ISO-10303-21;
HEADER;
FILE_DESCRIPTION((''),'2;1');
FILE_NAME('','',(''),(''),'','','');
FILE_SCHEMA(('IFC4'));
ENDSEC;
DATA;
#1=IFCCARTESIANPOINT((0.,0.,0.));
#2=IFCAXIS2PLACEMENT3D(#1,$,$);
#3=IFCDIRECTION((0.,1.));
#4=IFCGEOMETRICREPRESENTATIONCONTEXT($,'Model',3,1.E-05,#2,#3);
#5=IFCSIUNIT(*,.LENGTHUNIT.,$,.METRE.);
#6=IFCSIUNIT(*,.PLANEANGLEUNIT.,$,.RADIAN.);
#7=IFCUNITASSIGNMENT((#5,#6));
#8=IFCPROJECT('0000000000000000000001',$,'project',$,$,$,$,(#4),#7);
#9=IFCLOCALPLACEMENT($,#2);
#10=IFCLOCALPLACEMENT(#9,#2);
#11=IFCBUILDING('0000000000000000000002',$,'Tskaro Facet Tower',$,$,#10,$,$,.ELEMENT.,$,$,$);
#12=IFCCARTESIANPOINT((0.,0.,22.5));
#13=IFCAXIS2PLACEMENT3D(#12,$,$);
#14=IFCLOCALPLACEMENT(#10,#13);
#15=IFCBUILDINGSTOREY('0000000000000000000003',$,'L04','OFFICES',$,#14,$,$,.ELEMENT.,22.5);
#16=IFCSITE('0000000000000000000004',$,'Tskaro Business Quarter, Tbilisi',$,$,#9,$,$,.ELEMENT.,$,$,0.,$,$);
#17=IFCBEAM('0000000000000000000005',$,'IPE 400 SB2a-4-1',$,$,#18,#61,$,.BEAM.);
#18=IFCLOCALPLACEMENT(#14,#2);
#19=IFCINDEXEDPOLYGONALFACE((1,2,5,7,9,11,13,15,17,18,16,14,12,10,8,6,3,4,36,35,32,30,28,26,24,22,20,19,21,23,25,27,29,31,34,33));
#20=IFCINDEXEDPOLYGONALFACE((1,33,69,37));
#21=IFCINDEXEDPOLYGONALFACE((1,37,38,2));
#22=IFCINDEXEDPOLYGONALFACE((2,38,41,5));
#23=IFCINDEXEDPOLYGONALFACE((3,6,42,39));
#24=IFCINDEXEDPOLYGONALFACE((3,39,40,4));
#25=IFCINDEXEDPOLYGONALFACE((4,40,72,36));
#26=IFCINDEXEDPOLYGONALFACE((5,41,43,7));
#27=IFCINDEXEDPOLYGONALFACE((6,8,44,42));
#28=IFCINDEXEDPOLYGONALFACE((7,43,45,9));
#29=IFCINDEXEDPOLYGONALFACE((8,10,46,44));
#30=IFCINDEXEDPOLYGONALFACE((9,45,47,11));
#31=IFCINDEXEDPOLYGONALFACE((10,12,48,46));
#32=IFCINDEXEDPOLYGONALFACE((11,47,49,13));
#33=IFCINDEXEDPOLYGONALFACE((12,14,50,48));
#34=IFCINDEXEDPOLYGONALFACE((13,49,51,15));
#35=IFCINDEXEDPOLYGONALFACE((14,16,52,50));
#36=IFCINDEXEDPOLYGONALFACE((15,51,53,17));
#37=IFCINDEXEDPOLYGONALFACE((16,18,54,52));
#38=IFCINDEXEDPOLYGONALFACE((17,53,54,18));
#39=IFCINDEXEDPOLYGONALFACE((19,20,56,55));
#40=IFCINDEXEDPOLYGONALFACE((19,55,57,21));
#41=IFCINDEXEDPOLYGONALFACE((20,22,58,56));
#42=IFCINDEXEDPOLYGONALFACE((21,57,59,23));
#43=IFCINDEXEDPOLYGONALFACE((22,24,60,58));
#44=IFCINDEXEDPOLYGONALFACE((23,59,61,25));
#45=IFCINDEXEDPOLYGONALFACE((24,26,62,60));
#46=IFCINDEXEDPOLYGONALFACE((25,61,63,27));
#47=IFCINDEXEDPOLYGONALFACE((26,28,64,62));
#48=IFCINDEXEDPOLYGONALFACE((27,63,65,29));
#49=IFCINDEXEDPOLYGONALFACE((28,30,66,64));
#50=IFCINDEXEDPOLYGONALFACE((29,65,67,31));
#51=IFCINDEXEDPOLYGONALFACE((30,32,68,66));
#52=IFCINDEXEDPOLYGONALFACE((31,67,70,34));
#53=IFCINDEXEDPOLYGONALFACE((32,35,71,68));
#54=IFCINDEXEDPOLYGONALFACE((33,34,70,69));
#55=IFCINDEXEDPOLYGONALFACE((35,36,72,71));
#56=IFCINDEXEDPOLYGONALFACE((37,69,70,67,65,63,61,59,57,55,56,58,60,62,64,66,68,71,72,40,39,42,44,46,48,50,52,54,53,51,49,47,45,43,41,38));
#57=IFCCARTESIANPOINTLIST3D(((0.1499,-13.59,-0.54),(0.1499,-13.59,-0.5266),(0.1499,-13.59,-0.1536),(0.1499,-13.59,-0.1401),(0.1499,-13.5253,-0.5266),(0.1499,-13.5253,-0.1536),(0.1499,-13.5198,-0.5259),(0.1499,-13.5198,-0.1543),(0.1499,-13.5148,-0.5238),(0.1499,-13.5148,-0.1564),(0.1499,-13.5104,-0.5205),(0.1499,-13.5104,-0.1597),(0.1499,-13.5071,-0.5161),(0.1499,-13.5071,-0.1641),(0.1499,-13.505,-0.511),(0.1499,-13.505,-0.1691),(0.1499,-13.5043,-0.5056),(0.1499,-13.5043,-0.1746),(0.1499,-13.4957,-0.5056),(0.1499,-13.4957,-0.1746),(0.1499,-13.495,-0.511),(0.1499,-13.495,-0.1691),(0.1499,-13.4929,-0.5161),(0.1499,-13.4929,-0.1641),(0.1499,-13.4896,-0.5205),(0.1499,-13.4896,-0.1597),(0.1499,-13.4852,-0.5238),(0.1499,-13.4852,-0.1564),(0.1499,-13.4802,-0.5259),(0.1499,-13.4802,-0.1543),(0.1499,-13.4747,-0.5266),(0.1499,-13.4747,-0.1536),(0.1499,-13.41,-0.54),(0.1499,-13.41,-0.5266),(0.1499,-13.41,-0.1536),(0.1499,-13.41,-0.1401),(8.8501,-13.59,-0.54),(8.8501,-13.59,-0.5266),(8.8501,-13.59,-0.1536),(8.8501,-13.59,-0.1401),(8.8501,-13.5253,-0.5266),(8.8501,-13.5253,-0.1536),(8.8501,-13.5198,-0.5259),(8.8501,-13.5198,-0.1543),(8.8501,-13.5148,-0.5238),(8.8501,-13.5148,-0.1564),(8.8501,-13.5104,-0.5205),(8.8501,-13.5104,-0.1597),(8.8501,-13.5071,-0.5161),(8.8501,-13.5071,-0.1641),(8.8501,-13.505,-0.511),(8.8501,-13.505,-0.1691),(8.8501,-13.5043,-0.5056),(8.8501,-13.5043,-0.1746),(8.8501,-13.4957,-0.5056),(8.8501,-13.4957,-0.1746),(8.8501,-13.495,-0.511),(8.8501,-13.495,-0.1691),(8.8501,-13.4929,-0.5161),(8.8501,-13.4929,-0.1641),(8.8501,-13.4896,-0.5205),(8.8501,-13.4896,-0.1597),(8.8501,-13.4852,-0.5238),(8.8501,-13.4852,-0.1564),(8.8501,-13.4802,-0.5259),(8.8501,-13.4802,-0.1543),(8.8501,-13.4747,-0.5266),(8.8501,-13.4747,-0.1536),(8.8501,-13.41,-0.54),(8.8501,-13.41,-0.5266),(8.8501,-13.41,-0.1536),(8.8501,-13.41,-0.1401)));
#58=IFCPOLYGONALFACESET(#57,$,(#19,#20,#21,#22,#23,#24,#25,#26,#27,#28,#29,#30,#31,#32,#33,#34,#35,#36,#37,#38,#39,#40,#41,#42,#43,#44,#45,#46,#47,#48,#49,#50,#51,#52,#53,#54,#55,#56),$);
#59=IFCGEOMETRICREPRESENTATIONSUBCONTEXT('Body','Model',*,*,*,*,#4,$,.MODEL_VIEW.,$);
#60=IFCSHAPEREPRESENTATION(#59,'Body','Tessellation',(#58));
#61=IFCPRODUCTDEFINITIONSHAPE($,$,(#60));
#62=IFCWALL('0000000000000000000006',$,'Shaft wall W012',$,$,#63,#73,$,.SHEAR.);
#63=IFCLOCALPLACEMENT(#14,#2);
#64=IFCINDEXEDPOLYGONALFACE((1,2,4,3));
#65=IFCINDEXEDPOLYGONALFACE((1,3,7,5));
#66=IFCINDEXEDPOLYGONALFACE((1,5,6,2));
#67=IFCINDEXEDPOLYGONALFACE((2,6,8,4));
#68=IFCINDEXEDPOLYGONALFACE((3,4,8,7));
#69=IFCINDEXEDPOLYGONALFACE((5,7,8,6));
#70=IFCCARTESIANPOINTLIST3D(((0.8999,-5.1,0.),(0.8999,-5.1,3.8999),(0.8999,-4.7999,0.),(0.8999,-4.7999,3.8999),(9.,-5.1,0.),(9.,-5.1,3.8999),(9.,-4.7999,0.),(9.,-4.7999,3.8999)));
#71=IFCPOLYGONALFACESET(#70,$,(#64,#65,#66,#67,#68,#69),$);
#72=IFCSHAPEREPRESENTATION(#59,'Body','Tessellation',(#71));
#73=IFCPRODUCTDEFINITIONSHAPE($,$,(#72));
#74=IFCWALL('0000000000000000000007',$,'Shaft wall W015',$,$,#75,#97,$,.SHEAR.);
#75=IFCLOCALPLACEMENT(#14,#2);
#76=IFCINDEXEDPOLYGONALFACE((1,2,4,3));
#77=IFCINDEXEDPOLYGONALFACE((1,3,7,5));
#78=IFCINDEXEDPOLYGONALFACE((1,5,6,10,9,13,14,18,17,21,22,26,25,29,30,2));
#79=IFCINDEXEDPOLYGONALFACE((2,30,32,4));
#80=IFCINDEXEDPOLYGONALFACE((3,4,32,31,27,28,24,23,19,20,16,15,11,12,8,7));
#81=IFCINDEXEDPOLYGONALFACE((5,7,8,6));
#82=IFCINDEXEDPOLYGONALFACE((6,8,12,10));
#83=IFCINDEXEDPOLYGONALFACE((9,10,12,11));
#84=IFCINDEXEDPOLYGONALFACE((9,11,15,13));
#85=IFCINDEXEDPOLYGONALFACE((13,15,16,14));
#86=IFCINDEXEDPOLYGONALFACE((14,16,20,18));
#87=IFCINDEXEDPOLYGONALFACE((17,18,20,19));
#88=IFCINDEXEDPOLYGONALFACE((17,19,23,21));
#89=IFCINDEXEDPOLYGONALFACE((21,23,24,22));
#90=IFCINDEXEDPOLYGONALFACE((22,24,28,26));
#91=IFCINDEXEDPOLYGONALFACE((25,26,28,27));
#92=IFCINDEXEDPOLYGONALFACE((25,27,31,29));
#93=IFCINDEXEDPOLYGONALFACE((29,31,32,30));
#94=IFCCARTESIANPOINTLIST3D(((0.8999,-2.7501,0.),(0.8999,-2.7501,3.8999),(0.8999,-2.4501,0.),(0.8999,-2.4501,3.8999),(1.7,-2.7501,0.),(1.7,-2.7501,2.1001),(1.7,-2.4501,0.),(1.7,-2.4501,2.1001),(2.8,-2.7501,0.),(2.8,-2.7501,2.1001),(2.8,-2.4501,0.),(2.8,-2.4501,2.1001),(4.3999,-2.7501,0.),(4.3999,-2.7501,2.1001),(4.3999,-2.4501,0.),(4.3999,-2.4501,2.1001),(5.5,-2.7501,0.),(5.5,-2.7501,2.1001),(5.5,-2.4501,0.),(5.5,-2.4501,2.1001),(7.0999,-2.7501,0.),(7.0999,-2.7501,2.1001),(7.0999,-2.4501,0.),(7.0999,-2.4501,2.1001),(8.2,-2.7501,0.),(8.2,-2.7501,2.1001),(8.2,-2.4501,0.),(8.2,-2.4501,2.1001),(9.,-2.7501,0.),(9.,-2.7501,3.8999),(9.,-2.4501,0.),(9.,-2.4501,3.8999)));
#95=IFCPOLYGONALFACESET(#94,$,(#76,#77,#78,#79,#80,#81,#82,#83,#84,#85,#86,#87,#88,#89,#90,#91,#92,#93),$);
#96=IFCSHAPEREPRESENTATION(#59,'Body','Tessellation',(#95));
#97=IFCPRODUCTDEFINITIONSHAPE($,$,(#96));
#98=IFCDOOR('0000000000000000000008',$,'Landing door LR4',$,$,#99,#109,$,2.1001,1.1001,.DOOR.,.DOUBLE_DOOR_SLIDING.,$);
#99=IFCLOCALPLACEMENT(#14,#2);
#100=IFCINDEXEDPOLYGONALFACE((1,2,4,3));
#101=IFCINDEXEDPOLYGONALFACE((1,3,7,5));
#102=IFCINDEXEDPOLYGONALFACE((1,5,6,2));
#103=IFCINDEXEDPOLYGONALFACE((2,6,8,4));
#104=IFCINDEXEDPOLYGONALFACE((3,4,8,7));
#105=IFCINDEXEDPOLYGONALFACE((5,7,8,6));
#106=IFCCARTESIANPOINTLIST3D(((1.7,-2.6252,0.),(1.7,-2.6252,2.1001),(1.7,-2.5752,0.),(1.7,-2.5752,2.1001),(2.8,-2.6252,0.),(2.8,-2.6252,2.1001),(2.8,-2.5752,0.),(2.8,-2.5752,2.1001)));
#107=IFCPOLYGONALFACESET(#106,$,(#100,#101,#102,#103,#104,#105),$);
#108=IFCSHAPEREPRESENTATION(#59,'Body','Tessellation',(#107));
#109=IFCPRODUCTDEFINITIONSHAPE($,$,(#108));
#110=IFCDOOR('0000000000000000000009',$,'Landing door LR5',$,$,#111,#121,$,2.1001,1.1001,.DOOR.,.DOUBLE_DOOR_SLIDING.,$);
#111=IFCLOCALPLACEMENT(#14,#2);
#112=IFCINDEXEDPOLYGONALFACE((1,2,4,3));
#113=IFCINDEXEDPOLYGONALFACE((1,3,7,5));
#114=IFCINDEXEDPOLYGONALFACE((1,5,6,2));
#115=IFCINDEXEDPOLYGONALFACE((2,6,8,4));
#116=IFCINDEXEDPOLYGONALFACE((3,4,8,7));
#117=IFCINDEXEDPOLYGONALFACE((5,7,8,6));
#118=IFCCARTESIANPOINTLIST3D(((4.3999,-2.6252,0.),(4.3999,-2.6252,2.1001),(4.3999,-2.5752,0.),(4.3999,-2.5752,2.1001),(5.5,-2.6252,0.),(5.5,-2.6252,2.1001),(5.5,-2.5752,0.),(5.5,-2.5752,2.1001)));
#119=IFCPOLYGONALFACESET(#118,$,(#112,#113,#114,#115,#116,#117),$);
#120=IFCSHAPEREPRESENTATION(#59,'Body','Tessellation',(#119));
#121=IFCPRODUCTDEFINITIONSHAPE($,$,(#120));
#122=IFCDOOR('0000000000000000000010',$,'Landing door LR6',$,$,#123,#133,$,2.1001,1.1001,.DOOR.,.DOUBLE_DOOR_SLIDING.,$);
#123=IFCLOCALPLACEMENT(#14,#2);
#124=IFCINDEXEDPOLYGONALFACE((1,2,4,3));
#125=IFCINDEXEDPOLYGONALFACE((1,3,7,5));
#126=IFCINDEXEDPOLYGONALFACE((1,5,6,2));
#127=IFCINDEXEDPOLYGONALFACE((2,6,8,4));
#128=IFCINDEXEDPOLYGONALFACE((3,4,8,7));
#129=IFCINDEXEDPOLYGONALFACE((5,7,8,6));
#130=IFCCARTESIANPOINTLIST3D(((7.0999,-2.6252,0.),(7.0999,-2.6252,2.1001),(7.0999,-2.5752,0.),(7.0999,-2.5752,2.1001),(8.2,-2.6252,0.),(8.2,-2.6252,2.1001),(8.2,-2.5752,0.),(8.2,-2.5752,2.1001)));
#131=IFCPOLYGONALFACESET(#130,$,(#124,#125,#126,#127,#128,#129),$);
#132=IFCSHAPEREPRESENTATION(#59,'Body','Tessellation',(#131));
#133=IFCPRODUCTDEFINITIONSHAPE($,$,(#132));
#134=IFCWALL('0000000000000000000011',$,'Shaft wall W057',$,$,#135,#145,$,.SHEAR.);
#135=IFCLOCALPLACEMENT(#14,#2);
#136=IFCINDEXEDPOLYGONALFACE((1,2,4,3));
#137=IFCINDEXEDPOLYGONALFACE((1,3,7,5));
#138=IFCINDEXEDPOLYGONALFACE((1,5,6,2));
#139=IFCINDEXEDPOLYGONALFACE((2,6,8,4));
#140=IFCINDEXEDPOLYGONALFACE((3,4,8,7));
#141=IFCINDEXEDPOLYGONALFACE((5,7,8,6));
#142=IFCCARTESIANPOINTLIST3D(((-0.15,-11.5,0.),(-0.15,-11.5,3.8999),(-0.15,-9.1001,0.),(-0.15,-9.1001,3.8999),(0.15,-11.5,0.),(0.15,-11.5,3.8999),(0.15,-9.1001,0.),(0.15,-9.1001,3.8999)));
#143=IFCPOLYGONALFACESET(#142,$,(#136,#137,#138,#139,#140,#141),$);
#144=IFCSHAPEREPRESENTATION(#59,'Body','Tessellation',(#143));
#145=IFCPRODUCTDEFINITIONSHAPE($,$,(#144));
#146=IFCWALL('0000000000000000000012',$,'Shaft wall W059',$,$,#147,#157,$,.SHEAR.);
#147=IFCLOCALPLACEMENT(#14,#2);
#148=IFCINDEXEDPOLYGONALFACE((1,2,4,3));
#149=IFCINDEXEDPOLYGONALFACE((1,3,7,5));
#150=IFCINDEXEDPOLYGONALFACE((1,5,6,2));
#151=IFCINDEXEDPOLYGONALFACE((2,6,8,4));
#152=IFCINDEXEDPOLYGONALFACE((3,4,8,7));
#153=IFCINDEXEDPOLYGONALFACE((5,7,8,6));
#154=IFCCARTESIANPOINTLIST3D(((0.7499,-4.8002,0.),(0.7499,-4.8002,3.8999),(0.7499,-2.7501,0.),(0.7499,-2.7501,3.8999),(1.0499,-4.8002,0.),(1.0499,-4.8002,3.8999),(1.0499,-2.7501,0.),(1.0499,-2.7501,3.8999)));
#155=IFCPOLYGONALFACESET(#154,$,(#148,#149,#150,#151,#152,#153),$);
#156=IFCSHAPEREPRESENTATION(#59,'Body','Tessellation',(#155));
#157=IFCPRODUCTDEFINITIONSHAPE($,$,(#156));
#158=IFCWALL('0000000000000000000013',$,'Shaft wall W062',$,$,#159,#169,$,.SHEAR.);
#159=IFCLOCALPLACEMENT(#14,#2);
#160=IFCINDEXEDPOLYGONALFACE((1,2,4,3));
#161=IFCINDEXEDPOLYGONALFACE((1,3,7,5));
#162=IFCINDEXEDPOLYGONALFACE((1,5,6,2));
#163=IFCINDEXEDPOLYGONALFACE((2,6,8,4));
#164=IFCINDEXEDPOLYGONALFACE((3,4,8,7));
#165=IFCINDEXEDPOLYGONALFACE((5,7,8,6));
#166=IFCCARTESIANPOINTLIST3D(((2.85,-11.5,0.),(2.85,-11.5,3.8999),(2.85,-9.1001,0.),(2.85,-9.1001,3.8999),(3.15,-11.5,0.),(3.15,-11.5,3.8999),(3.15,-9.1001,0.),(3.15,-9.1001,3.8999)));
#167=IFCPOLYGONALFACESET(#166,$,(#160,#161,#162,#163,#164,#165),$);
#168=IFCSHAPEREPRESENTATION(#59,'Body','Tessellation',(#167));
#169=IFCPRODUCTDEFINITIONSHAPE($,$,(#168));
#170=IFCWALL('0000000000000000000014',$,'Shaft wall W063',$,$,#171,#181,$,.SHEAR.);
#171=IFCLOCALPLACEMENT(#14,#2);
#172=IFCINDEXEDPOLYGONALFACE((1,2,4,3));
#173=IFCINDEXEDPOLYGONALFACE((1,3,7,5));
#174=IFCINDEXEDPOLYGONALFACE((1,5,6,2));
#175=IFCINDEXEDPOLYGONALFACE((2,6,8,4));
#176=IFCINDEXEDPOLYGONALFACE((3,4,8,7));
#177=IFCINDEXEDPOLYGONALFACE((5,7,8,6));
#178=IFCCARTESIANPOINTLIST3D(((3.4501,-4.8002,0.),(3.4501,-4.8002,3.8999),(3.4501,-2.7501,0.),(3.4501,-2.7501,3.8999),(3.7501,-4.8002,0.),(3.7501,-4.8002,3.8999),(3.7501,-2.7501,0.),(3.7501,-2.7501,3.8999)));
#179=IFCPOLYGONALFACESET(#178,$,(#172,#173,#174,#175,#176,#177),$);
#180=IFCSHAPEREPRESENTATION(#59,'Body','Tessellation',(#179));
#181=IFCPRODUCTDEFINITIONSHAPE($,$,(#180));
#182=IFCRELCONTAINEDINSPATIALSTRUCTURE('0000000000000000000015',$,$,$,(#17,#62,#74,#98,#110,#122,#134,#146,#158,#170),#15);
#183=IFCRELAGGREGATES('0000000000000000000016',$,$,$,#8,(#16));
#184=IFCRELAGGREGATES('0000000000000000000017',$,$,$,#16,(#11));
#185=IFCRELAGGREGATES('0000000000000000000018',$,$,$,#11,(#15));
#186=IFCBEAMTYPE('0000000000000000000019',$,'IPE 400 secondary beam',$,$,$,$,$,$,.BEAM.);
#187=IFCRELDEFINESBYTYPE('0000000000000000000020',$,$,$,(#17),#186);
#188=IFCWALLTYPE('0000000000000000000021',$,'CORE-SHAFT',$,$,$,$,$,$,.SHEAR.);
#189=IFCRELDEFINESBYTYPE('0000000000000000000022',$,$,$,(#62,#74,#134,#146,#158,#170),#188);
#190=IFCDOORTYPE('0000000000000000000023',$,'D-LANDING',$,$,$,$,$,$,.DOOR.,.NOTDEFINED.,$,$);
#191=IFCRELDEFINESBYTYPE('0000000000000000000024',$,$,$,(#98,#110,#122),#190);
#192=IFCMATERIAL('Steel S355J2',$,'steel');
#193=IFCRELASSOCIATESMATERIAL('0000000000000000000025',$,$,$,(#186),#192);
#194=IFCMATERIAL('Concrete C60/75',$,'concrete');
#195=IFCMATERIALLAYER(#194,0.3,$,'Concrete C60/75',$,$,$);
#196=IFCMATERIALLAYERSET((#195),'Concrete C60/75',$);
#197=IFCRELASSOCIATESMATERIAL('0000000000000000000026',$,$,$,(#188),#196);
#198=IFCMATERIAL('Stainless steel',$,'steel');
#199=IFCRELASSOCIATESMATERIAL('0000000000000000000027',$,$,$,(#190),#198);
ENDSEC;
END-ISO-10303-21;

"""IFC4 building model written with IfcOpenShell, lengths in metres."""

from ifc_helpers import new_model, si_unit, direction, frame, frame_2d, origin, origin_2d, place, context, subcontext, project, spatial, rectangle, i_section, extrude, material, layer, layer_set, material_profile, profile_set, type_object, element, fill, save


model = new_model("IFC4")

# Units and contexts
model_context = context("Model", 3, precision=1e-05, world=origin(), true_north=direction((0.0, 1.0)))
body_context = subcontext(model_context, "Body", "Model", "MODEL_VIEW")
ifc_project = project(units=[si_unit("LENGTHUNIT", "METRE"), si_unit("PLANEANGLEUNIT", "RADIAN")], contexts=[model_context])

# Site, building, storey
site_placement = place(None, origin())
site = spatial("IfcSite", under=ifc_project, at=site_placement, Name="Tskaro Business Quarter, Tbilisi", CompositionType="ELEMENT", RefElevation=0.0)
building_placement = place(site_placement, origin())
building = spatial("IfcBuilding", under=site, at=building_placement, Name="Tskaro Facet Tower", CompositionType="ELEMENT")
storey_placement = place(building_placement, frame((0.0, 0.0, 22.5)))
storey = spatial("IfcBuildingStorey", under=building, at=storey_placement, Name="L04", Description="OFFICES", CompositionType="ELEMENT", Elevation=22.5)

# Beam
ifc_material_1 = material(Name="Steel S355J2", Category="steel")
ifc_material_profile = material_profile(ifc_material_1, i_section(OverallWidth=0.1799, OverallDepth=0.3999, WebThickness=0.0085, FlangeThickness=0.0134, FilletRadius=0.021, at=origin_2d()), Name="IPE 400")
ifc_profile_set = profile_set([ifc_material_profile], Name="Steel S355J2")
beam_type = type_object("IfcBeamType", Name="IPE 400 secondary beam", PredefinedType="BEAM", material=ifc_profile_set)
beam_placement = place(storey_placement, frame((0.1499, -13.5, -0.3401), z_axis=(1.0, 0.0, 0.0), x_axis=(0.0, 1.0, 0.0)))
element("IfcBeam", 1, at=beam_placement, inside=storey, type_object=beam_type, Name="IPE 400 SB2a-4-1", PredefinedType="BEAM", context=body_context, shape_type="SweptSolid", body=[
    extrude(i_section(OverallWidth=0.1799, OverallDepth=0.3999, WebThickness=0.0085, FlangeThickness=0.0134, FilletRadius=0.021, at=origin_2d()), origin(), (0.0, 0.0, 1.0), 8.7002),
])

# Wall
ifc_material_2 = material(Name="Concrete C60/75", Category="concrete")
ifc_layer_1 = layer(ifc_material_2, 0.3, Name="Concrete C60/75")
ifc_layer_set_1 = layer_set([ifc_layer_1], Name="Concrete C60/75")
wall_type_1 = type_object("IfcWallType", Name="CORE-SHAFT", PredefinedType="SHEAR", material=ifc_layer_set_1)
wall_1_placement = place(storey_placement, frame((0.8999, -4.95, 0.0), z_axis=(0.0, 0.0, 1.0), x_axis=(1.0, 0.0, 0.0)))
element("IfcWall", 2, at=wall_1_placement, inside=storey, type_object=wall_type_1, Name="Shaft wall W012", PredefinedType="SHEAR", context=body_context, shape_type="SweptSolid", body=[
    extrude(rectangle(XDim=8.1001, YDim=0.3, at=frame_2d((4.05, 0.0))), origin(), (0.0, 0.0, 1.0), 3.8999),
])

# Wall, openings, doors
wall_2_placement = place(storey_placement, frame((0.8999, -2.6001, 0.0), z_axis=(0.0, 0.0, 1.0), x_axis=(1.0, 0.0, 0.0)))
wall_2 = element("IfcWall", 3, at=wall_2_placement, inside=storey, type_object=wall_type_1, Name="Shaft wall W015", PredefinedType="SHEAR", context=body_context, shape_type="SweptSolid", body=[
    extrude(rectangle(XDim=8.1001, YDim=0.3, at=frame_2d((4.05, 0.0))), origin(), (0.0, 0.0, 1.0), 3.8999),
])
opening_1_placement = place(wall_2_placement, frame((0.8, 0.0, 0.0)))
opening_1 = element("IfcOpeningElement", 4, at=opening_1_placement, cuts=wall_2, PredefinedType="OPENING", context=body_context, shape_type="SweptSolid", body=[
    extrude(rectangle(XDim=1.1001, YDim=2.1001, at=frame_2d((0.55, 1.05))), frame((0.0, 0.1599, 0.0), z_axis=(0.0, -1.0, 0.0), x_axis=(1.0, 0.0, 0.0)), (0.0, 0.0, 1.0), 0.3201),
])
opening_2_placement = place(wall_2_placement, frame((3.5, 0.0, 0.0)))
opening_2 = element("IfcOpeningElement", 5, at=opening_2_placement, cuts=wall_2, PredefinedType="OPENING", context=body_context, shape_type="SweptSolid", body=[
    extrude(rectangle(XDim=1.1001, YDim=2.1001, at=frame_2d((0.55, 1.05))), frame((0.0, 0.1599, 0.0), z_axis=(0.0, -1.0, 0.0), x_axis=(1.0, 0.0, 0.0)), (0.0, 0.0, 1.0), 0.3201),
])
opening_3_placement = place(wall_2_placement, frame((6.2, 0.0, 0.0)))
opening_3 = element("IfcOpeningElement", 6, at=opening_3_placement, cuts=wall_2, PredefinedType="OPENING", context=body_context, shape_type="SweptSolid", body=[
    extrude(rectangle(XDim=1.1001, YDim=2.1001, at=frame_2d((0.55, 1.05))), frame((0.0, 0.1599, 0.0), z_axis=(0.0, -1.0, 0.0), x_axis=(1.0, 0.0, 0.0)), (0.0, 0.0, 1.0), 0.3201),
])
ifc_material_3 = material(Name="Stainless steel", Category="steel")
door_type_1 = type_object("IfcDoorType", Name="D-LANDING", OperationType="NOTDEFINED", PredefinedType="DOOR", material=ifc_material_3)
door_1_placement = place(opening_1_placement, origin())
door_1 = element("IfcDoor", 7, at=door_1_placement, inside=storey, type_object=door_type_1, Name="Landing door LR4", OperationType="DOUBLE_DOOR_SLIDING", OverallHeight=2.1001, OverallWidth=1.1001, PredefinedType="DOOR", context=body_context, shape_type="SweptSolid", body=[
    extrude(rectangle(XDim=1.1001, YDim=2.1001, at=frame_2d((0.55, 1.05))), frame((0.0, 0.0249, 0.0), z_axis=(0.0, -1.0, 0.0), x_axis=(1.0, 0.0, 0.0)), (0.0, 0.0, 1.0), 0.05),
])
fill(opening_1, door_1)
door_2_placement = place(opening_2_placement, origin())
door_2 = element("IfcDoor", 8, at=door_2_placement, inside=storey, type_object=door_type_1, Name="Landing door LR5", OperationType="DOUBLE_DOOR_SLIDING", OverallHeight=2.1001, OverallWidth=1.1001, PredefinedType="DOOR", context=body_context, shape_type="SweptSolid", body=[
    extrude(rectangle(XDim=1.1001, YDim=2.1001, at=frame_2d((0.55, 1.05))), frame((0.0, 0.0249, 0.0), z_axis=(0.0, -1.0, 0.0), x_axis=(1.0, 0.0, 0.0)), (0.0, 0.0, 1.0), 0.05),
])
fill(opening_2, door_2)
door_3_placement = place(opening_3_placement, origin())
door_3 = element("IfcDoor", 9, at=door_3_placement, inside=storey, type_object=door_type_1, Name="Landing door LR6", OperationType="DOUBLE_DOOR_SLIDING", OverallHeight=2.1001, OverallWidth=1.1001, PredefinedType="DOOR", context=body_context, shape_type="SweptSolid", body=[
    extrude(rectangle(XDim=1.1001, YDim=2.1001, at=frame_2d((0.55, 1.05))), frame((0.0, 0.0249, 0.0), z_axis=(0.0, -1.0, 0.0), x_axis=(1.0, 0.0, 0.0)), (0.0, 0.0, 1.0), 0.05),
])
fill(opening_3, door_3)

# Walls
wall_3_placement = place(storey_placement, frame((0.0, -11.5, 0.0), z_axis=(0.0, 0.0, 1.0), x_axis=(0.0, 1.0, 0.0)))
element("IfcWall", 10, at=wall_3_placement, inside=storey, type_object=wall_type_1, Name="Shaft wall W057", PredefinedType="SHEAR", context=body_context, shape_type="SweptSolid", body=[
    extrude(rectangle(XDim=2.3999, YDim=0.3, at=frame_2d((1.2, 0.0))), origin(), (0.0, 0.0, 1.0), 3.8999),
])
wall_4_placement = place(storey_placement, frame((0.8999, -4.8, 0.0), z_axis=(0.0, 0.0, 1.0), x_axis=(0.0, 1.0, 0.0)))
element("IfcWall", 11, at=wall_4_placement, inside=storey, type_object=wall_type_1, Name="Shaft wall W059", PredefinedType="SHEAR", context=body_context, shape_type="SweptSolid", body=[
    extrude(rectangle(XDim=2.05, YDim=0.3, at=frame_2d((1.0249, 0.0))), origin(), (0.0, 0.0, 1.0), 3.8999),
])
wall_5_placement = place(storey_placement, frame((3.0, -11.5, 0.0), z_axis=(0.0, 0.0, 1.0), x_axis=(0.0, 1.0, 0.0)))
element("IfcWall", 12, at=wall_5_placement, inside=storey, type_object=wall_type_1, Name="Shaft wall W062", PredefinedType="SHEAR", context=body_context, shape_type="SweptSolid", body=[
    extrude(rectangle(XDim=2.3999, YDim=0.3, at=frame_2d((1.2, 0.0))), origin(), (0.0, 0.0, 1.0), 3.8999),
])
wall_6_placement = place(storey_placement, frame((3.6001, -4.8, 0.0), z_axis=(0.0, 0.0, 1.0), x_axis=(0.0, 1.0, 0.0)))
element("IfcWall", 13, at=wall_6_placement, inside=storey, type_object=wall_type_1, Name="Shaft wall W063", PredefinedType="SHEAR", context=body_context, shape_type="SweptSolid", body=[
    extrude(rectangle(XDim=2.05, YDim=0.3, at=frame_2d((1.0249, 0.0))), origin(), (0.0, 0.0, 1.0), 3.8999),
])

save(model, "model.ifc")
